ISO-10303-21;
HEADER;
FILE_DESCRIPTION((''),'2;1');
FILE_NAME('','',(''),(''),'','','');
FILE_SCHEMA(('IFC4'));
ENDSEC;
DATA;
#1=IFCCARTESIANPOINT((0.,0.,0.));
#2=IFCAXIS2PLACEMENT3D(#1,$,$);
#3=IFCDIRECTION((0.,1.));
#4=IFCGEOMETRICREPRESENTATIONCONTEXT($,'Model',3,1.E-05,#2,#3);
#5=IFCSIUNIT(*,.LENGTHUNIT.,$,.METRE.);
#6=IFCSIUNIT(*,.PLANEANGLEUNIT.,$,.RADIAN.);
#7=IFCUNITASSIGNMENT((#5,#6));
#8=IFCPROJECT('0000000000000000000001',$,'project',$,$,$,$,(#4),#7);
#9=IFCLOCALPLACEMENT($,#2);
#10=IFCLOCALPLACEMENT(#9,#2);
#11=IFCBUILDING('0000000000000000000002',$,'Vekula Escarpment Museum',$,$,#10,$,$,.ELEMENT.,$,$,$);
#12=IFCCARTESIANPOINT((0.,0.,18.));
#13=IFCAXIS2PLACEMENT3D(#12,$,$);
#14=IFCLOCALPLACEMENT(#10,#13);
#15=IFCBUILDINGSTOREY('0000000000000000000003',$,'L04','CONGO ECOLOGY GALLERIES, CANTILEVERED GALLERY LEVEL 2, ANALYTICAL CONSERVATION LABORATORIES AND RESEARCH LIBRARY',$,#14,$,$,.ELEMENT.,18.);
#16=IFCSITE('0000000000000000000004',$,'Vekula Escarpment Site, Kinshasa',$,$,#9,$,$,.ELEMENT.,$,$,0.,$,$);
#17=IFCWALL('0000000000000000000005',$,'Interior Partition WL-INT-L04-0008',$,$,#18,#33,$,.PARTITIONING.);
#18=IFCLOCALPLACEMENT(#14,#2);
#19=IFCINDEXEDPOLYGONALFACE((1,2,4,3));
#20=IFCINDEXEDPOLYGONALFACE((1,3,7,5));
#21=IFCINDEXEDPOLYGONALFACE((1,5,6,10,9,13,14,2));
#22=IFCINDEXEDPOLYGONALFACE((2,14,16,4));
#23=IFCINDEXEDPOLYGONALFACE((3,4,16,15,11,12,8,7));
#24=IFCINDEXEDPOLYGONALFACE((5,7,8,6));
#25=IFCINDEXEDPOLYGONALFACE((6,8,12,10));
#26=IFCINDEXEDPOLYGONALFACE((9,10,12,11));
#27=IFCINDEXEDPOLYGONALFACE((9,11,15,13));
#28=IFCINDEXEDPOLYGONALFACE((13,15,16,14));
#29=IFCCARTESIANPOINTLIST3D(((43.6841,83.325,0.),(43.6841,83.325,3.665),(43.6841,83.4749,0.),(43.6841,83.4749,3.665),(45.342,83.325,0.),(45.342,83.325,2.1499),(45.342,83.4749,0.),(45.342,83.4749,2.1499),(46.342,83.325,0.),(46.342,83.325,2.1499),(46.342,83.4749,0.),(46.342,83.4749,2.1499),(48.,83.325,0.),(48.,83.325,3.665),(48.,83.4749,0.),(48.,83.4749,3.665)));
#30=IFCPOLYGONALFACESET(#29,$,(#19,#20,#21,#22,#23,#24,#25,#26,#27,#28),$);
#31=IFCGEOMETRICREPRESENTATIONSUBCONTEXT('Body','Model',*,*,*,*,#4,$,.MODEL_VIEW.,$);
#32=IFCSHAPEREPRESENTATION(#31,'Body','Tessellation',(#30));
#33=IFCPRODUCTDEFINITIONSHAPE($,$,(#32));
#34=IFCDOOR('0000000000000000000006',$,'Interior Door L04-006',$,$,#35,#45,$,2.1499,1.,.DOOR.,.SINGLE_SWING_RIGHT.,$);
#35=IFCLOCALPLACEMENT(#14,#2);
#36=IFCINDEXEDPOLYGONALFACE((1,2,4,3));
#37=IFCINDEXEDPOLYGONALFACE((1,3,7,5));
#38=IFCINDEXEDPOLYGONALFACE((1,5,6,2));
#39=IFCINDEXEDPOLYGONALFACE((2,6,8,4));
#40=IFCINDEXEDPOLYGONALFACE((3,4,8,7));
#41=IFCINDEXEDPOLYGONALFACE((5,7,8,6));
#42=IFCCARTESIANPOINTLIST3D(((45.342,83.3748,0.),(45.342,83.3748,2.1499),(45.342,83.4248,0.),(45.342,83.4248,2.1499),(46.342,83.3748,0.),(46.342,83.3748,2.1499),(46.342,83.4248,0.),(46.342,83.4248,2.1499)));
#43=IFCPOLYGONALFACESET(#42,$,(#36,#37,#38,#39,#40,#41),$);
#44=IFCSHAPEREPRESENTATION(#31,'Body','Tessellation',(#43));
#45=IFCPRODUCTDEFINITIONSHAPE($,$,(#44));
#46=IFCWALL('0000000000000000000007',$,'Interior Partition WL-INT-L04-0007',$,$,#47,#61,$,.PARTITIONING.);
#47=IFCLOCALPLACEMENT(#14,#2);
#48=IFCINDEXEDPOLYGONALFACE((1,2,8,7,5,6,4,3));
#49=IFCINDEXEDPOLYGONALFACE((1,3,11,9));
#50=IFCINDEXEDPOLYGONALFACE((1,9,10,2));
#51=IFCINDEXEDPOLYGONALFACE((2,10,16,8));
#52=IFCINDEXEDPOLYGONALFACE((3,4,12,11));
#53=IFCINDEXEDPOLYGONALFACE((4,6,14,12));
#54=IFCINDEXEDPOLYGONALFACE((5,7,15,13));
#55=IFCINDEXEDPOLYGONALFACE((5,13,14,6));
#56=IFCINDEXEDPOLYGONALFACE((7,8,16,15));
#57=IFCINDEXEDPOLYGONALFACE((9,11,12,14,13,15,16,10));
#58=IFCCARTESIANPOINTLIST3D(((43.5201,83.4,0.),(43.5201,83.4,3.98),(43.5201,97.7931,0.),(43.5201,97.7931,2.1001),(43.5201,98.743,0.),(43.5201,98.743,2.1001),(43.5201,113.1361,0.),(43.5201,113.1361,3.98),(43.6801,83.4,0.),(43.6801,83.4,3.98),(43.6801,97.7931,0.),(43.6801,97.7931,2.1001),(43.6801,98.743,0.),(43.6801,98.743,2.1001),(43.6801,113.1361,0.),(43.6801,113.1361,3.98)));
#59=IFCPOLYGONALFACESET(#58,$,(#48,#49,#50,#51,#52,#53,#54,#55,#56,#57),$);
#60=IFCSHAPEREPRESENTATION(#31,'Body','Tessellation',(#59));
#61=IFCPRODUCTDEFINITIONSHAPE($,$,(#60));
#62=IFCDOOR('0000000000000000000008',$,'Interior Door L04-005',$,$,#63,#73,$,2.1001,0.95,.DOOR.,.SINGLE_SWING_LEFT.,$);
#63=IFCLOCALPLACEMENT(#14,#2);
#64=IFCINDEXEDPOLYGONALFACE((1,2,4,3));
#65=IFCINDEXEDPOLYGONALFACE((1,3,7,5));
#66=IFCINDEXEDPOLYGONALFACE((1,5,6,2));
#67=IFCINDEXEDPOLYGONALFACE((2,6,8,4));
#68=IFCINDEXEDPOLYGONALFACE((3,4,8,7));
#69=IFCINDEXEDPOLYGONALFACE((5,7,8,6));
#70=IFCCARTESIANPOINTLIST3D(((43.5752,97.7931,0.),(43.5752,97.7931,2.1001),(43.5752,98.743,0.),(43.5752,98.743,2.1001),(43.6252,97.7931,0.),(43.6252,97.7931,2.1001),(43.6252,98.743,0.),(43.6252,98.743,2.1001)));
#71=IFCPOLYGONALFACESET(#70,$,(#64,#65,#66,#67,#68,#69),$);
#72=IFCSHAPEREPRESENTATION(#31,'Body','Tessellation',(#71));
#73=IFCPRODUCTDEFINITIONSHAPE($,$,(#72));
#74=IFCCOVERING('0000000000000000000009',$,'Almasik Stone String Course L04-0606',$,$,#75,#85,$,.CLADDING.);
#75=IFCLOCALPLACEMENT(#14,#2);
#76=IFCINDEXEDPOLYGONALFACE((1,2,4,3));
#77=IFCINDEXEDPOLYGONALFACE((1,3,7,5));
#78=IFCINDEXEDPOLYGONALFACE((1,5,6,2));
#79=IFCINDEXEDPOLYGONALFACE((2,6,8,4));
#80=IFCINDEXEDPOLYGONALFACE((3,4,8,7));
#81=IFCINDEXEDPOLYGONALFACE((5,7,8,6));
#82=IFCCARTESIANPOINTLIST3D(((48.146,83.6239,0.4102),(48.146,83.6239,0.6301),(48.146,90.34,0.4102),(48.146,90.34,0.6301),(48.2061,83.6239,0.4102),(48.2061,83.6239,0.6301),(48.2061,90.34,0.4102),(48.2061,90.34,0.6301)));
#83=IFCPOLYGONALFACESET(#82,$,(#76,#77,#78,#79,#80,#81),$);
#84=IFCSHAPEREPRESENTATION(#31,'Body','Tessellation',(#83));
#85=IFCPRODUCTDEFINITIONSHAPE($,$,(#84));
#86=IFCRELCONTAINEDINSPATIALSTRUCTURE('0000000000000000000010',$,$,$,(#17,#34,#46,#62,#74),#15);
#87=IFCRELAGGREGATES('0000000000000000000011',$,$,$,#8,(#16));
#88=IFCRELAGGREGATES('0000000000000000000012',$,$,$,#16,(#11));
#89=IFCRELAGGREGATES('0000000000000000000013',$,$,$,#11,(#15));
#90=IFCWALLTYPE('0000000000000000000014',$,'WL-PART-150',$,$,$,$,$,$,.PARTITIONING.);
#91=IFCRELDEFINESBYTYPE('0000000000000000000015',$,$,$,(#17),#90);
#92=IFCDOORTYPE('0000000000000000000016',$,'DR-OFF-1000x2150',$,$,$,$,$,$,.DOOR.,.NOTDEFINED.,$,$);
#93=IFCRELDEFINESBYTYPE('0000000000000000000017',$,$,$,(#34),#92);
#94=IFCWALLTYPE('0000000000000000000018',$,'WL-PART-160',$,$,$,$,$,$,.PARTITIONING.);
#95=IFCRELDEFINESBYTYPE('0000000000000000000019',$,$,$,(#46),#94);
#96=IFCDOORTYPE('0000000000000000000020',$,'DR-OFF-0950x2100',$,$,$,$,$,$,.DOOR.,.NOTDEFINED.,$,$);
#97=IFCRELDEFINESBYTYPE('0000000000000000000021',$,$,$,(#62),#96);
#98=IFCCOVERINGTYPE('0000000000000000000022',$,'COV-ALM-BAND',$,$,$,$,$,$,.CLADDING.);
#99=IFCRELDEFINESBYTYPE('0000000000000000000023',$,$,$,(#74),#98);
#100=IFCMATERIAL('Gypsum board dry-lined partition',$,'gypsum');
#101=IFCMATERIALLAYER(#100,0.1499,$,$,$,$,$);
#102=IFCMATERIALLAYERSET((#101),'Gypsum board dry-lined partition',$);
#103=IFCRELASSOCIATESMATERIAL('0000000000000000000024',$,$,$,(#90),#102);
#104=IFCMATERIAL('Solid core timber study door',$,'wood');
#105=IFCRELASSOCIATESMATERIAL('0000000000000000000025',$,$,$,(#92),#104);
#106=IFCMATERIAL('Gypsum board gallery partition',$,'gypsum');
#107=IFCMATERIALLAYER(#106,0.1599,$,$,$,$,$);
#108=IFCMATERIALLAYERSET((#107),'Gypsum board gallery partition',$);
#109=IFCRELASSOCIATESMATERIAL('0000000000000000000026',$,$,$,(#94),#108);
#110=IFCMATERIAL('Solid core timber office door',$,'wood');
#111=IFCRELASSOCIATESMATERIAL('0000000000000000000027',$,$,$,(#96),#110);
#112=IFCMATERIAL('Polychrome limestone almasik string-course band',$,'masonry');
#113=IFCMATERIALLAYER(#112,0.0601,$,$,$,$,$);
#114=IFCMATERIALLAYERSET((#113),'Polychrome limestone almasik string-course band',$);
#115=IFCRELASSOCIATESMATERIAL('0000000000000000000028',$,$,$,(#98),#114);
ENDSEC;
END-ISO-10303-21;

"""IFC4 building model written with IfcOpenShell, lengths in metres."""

from ifc_helpers import new_model, si_unit, direction, frame, frame_2d, origin, origin_2d, place, context, subcontext, project, spatial, rectangle, extrude, material, layer, layer_set, type_object, element, fill, save


model = new_model("IFC4")

# Units and contexts
model_context = context("Model", 3, precision=1e-05, world=origin(), true_north=direction((0.0, 1.0)))
body_context = subcontext(model_context, "Body", "Model", "MODEL_VIEW")
ifc_project = project(units=[si_unit("LENGTHUNIT", "METRE"), si_unit("PLANEANGLEUNIT", "RADIAN")], contexts=[model_context])

# Site, building, storey
site_placement = place(None, origin())
site = spatial("IfcSite", under=ifc_project, at=site_placement, Name="Vekula Escarpment Site, Kinshasa", CompositionType="ELEMENT", RefElevation=0.0)
building_placement = place(site_placement, origin())
building = spatial("IfcBuilding", under=site, at=building_placement, Name="Vekula Escarpment Museum", CompositionType="ELEMENT")
storey_placement = place(building_placement, frame((0.0, 0.0, 18.0)))
storey = spatial("IfcBuildingStorey", under=building, at=storey_placement, Name="L04", Description="CONGO ECOLOGY GALLERIES, CANTILEVERED GALLERY LEVEL 2, ANALYTICAL CONSERVATION LABORATORIES AND RESEARCH LIBRARY", CompositionType="ELEMENT", Elevation=18.0)

# Walls, openings, doors
ifc_material_1 = material(Name="Gypsum board dry-lined partition", Category="gypsum")
ifc_layer_1 = layer(ifc_material_1, 0.1499)
ifc_layer_set_1 = layer_set([ifc_layer_1], Name="Gypsum board dry-lined partition")
wall_type_1 = type_object("IfcWallType", Name="WL-PART-150", PredefinedType="PARTITIONING", material=ifc_layer_set_1)
wall_1_placement = place(storey_placement, frame((43.6841, 83.3999, 0.0), z_axis=(0.0, 0.0, 1.0), x_axis=(1.0, 0.0, 0.0)))
wall_1 = element("IfcWall", 1, at=wall_1_placement, inside=storey, type_object=wall_type_1, Name="Interior Partition WL-INT-L04-0008", PredefinedType="PARTITIONING", context=body_context, shape_type="SweptSolid", body=[
    extrude(rectangle(XDim=4.3159, YDim=0.1499, at=frame_2d((2.158, 0.0))), origin(), (0.0, 0.0, 1.0), 3.665),
])
opening_1_placement = place(wall_1_placement, frame((1.658, 0.0, 0.0)))
opening_1 = element("IfcOpeningElement", 2, at=opening_1_placement, cuts=wall_1, PredefinedType="OPENING", context=body_context, shape_type="SweptSolid", body=[
    extrude(rectangle(XDim=1.0, YDim=2.1499, at=frame_2d((0.5, 1.075))), frame((0.0, 0.085, 0.0), z_axis=(0.0, -1.0, 0.0), x_axis=(1.0, 0.0, 0.0)), (0.0, 0.0, 1.0), 0.1699),
])
ifc_material_2 = material(Name="Solid core timber study door", Category="wood")
door_type_1 = type_object("IfcDoorType", Name="DR-OFF-1000x2150", OperationType="NOTDEFINED", PredefinedType="DOOR", material=ifc_material_2)
door_1_placement = place(opening_1_placement, origin())
door_1 = element("IfcDoor", 3, at=door_1_placement, inside=storey, type_object=door_type_1, Name="Interior Door L04-006", OperationType="SINGLE_SWING_RIGHT", OverallHeight=2.1499, OverallWidth=1.0, PredefinedType="DOOR", context=body_context, shape_type="SweptSolid", body=[
    extrude(rectangle(XDim=1.0, YDim=2.1499, at=frame_2d((0.5, 1.075))), frame((0.0, 0.0249, 0.0), z_axis=(0.0, -1.0, 0.0), x_axis=(1.0, 0.0, 0.0)), (0.0, 0.0, 1.0), 0.05),
])
fill(opening_1, door_1)
ifc_material_3 = material(Name="Gypsum board gallery partition", Category="gypsum")
ifc_layer_2 = layer(ifc_material_3, 0.1599)
ifc_layer_set_2 = layer_set([ifc_layer_2], Name="Gypsum board gallery partition")
wall_type_2 = type_object("IfcWallType", Name="WL-PART-160", PredefinedType="PARTITIONING", material=ifc_layer_set_2)
wall_2_placement = place(storey_placement, frame((43.6001, 83.3999, 0.0), z_axis=(0.0, 0.0, 1.0), x_axis=(0.0, 1.0, 0.0)))
wall_2 = element("IfcWall", 4, at=wall_2_placement, inside=storey, type_object=wall_type_2, Name="Interior Partition WL-INT-L04-0007", PredefinedType="PARTITIONING", context=body_context, shape_type="SweptSolid", body=[
    extrude(rectangle(XDim=29.7361, YDim=0.1599, at=frame_2d((14.8682, 0.0))), origin(), (0.0, 0.0, 1.0), 3.98),
])
opening_2_placement = place(wall_2_placement, frame((14.3931, 0.0, 0.0)))
opening_2 = element("IfcOpeningElement", 5, at=opening_2_placement, cuts=wall_2, PredefinedType="OPENING", context=body_context, shape_type="SweptSolid", body=[
    extrude(rectangle(XDim=0.95, YDim=2.1001, at=frame_2d((0.4751, 1.05))), frame((0.0, 0.0898, 0.0), z_axis=(0.0, -1.0, 0.0), x_axis=(1.0, 0.0, 0.0)), (0.0, 0.0, 1.0), 0.1799),
])
ifc_material_4 = material(Name="Solid core timber office door", Category="wood")
door_type_2 = type_object("IfcDoorType", Name="DR-OFF-0950x2100", OperationType="NOTDEFINED", PredefinedType="DOOR", material=ifc_material_4)
door_2_placement = place(opening_2_placement, origin())
door_2 = element("IfcDoor", 6, at=door_2_placement, inside=storey, type_object=door_type_2, Name="Interior Door L04-005", OperationType="SINGLE_SWING_LEFT", OverallHeight=2.1001, OverallWidth=0.95, PredefinedType="DOOR", context=body_context, shape_type="SweptSolid", body=[
    extrude(rectangle(XDim=0.95, YDim=2.1001, at=frame_2d((0.4751, 1.05))), frame((0.0, 0.0249, 0.0), z_axis=(0.0, -1.0, 0.0), x_axis=(1.0, 0.0, 0.0)), (0.0, 0.0, 1.0), 0.05),
])
fill(opening_2, door_2)

# Covering
ifc_material_5 = material(Name="Polychrome limestone almasik string-course band", Category="masonry")
ifc_layer_3 = layer(ifc_material_5, 0.0601)
ifc_layer_set_3 = layer_set([ifc_layer_3], Name="Polychrome limestone almasik string-course band")
covering_type = type_object("IfcCoveringType", Name="COV-ALM-BAND", PredefinedType="CLADDING", material=ifc_layer_set_3)
covering_placement = place(storey_placement, frame((48.176, 86.9819, 0.4102), z_axis=(0.0, 0.0, 1.0), x_axis=(0.0, 1.0, 0.0)))
element("IfcCovering", 7, at=covering_placement, inside=storey, type_object=covering_type, Name="Almasik Stone String Course L04-0606", PredefinedType="CLADDING", context=body_context, shape_type="SweptSolid", body=[
    extrude(rectangle(XDim=6.7161, YDim=0.0601, at=origin_2d()), origin(), (0.0, 0.0, 1.0), 0.22),
])

save(model, "model.ifc")
